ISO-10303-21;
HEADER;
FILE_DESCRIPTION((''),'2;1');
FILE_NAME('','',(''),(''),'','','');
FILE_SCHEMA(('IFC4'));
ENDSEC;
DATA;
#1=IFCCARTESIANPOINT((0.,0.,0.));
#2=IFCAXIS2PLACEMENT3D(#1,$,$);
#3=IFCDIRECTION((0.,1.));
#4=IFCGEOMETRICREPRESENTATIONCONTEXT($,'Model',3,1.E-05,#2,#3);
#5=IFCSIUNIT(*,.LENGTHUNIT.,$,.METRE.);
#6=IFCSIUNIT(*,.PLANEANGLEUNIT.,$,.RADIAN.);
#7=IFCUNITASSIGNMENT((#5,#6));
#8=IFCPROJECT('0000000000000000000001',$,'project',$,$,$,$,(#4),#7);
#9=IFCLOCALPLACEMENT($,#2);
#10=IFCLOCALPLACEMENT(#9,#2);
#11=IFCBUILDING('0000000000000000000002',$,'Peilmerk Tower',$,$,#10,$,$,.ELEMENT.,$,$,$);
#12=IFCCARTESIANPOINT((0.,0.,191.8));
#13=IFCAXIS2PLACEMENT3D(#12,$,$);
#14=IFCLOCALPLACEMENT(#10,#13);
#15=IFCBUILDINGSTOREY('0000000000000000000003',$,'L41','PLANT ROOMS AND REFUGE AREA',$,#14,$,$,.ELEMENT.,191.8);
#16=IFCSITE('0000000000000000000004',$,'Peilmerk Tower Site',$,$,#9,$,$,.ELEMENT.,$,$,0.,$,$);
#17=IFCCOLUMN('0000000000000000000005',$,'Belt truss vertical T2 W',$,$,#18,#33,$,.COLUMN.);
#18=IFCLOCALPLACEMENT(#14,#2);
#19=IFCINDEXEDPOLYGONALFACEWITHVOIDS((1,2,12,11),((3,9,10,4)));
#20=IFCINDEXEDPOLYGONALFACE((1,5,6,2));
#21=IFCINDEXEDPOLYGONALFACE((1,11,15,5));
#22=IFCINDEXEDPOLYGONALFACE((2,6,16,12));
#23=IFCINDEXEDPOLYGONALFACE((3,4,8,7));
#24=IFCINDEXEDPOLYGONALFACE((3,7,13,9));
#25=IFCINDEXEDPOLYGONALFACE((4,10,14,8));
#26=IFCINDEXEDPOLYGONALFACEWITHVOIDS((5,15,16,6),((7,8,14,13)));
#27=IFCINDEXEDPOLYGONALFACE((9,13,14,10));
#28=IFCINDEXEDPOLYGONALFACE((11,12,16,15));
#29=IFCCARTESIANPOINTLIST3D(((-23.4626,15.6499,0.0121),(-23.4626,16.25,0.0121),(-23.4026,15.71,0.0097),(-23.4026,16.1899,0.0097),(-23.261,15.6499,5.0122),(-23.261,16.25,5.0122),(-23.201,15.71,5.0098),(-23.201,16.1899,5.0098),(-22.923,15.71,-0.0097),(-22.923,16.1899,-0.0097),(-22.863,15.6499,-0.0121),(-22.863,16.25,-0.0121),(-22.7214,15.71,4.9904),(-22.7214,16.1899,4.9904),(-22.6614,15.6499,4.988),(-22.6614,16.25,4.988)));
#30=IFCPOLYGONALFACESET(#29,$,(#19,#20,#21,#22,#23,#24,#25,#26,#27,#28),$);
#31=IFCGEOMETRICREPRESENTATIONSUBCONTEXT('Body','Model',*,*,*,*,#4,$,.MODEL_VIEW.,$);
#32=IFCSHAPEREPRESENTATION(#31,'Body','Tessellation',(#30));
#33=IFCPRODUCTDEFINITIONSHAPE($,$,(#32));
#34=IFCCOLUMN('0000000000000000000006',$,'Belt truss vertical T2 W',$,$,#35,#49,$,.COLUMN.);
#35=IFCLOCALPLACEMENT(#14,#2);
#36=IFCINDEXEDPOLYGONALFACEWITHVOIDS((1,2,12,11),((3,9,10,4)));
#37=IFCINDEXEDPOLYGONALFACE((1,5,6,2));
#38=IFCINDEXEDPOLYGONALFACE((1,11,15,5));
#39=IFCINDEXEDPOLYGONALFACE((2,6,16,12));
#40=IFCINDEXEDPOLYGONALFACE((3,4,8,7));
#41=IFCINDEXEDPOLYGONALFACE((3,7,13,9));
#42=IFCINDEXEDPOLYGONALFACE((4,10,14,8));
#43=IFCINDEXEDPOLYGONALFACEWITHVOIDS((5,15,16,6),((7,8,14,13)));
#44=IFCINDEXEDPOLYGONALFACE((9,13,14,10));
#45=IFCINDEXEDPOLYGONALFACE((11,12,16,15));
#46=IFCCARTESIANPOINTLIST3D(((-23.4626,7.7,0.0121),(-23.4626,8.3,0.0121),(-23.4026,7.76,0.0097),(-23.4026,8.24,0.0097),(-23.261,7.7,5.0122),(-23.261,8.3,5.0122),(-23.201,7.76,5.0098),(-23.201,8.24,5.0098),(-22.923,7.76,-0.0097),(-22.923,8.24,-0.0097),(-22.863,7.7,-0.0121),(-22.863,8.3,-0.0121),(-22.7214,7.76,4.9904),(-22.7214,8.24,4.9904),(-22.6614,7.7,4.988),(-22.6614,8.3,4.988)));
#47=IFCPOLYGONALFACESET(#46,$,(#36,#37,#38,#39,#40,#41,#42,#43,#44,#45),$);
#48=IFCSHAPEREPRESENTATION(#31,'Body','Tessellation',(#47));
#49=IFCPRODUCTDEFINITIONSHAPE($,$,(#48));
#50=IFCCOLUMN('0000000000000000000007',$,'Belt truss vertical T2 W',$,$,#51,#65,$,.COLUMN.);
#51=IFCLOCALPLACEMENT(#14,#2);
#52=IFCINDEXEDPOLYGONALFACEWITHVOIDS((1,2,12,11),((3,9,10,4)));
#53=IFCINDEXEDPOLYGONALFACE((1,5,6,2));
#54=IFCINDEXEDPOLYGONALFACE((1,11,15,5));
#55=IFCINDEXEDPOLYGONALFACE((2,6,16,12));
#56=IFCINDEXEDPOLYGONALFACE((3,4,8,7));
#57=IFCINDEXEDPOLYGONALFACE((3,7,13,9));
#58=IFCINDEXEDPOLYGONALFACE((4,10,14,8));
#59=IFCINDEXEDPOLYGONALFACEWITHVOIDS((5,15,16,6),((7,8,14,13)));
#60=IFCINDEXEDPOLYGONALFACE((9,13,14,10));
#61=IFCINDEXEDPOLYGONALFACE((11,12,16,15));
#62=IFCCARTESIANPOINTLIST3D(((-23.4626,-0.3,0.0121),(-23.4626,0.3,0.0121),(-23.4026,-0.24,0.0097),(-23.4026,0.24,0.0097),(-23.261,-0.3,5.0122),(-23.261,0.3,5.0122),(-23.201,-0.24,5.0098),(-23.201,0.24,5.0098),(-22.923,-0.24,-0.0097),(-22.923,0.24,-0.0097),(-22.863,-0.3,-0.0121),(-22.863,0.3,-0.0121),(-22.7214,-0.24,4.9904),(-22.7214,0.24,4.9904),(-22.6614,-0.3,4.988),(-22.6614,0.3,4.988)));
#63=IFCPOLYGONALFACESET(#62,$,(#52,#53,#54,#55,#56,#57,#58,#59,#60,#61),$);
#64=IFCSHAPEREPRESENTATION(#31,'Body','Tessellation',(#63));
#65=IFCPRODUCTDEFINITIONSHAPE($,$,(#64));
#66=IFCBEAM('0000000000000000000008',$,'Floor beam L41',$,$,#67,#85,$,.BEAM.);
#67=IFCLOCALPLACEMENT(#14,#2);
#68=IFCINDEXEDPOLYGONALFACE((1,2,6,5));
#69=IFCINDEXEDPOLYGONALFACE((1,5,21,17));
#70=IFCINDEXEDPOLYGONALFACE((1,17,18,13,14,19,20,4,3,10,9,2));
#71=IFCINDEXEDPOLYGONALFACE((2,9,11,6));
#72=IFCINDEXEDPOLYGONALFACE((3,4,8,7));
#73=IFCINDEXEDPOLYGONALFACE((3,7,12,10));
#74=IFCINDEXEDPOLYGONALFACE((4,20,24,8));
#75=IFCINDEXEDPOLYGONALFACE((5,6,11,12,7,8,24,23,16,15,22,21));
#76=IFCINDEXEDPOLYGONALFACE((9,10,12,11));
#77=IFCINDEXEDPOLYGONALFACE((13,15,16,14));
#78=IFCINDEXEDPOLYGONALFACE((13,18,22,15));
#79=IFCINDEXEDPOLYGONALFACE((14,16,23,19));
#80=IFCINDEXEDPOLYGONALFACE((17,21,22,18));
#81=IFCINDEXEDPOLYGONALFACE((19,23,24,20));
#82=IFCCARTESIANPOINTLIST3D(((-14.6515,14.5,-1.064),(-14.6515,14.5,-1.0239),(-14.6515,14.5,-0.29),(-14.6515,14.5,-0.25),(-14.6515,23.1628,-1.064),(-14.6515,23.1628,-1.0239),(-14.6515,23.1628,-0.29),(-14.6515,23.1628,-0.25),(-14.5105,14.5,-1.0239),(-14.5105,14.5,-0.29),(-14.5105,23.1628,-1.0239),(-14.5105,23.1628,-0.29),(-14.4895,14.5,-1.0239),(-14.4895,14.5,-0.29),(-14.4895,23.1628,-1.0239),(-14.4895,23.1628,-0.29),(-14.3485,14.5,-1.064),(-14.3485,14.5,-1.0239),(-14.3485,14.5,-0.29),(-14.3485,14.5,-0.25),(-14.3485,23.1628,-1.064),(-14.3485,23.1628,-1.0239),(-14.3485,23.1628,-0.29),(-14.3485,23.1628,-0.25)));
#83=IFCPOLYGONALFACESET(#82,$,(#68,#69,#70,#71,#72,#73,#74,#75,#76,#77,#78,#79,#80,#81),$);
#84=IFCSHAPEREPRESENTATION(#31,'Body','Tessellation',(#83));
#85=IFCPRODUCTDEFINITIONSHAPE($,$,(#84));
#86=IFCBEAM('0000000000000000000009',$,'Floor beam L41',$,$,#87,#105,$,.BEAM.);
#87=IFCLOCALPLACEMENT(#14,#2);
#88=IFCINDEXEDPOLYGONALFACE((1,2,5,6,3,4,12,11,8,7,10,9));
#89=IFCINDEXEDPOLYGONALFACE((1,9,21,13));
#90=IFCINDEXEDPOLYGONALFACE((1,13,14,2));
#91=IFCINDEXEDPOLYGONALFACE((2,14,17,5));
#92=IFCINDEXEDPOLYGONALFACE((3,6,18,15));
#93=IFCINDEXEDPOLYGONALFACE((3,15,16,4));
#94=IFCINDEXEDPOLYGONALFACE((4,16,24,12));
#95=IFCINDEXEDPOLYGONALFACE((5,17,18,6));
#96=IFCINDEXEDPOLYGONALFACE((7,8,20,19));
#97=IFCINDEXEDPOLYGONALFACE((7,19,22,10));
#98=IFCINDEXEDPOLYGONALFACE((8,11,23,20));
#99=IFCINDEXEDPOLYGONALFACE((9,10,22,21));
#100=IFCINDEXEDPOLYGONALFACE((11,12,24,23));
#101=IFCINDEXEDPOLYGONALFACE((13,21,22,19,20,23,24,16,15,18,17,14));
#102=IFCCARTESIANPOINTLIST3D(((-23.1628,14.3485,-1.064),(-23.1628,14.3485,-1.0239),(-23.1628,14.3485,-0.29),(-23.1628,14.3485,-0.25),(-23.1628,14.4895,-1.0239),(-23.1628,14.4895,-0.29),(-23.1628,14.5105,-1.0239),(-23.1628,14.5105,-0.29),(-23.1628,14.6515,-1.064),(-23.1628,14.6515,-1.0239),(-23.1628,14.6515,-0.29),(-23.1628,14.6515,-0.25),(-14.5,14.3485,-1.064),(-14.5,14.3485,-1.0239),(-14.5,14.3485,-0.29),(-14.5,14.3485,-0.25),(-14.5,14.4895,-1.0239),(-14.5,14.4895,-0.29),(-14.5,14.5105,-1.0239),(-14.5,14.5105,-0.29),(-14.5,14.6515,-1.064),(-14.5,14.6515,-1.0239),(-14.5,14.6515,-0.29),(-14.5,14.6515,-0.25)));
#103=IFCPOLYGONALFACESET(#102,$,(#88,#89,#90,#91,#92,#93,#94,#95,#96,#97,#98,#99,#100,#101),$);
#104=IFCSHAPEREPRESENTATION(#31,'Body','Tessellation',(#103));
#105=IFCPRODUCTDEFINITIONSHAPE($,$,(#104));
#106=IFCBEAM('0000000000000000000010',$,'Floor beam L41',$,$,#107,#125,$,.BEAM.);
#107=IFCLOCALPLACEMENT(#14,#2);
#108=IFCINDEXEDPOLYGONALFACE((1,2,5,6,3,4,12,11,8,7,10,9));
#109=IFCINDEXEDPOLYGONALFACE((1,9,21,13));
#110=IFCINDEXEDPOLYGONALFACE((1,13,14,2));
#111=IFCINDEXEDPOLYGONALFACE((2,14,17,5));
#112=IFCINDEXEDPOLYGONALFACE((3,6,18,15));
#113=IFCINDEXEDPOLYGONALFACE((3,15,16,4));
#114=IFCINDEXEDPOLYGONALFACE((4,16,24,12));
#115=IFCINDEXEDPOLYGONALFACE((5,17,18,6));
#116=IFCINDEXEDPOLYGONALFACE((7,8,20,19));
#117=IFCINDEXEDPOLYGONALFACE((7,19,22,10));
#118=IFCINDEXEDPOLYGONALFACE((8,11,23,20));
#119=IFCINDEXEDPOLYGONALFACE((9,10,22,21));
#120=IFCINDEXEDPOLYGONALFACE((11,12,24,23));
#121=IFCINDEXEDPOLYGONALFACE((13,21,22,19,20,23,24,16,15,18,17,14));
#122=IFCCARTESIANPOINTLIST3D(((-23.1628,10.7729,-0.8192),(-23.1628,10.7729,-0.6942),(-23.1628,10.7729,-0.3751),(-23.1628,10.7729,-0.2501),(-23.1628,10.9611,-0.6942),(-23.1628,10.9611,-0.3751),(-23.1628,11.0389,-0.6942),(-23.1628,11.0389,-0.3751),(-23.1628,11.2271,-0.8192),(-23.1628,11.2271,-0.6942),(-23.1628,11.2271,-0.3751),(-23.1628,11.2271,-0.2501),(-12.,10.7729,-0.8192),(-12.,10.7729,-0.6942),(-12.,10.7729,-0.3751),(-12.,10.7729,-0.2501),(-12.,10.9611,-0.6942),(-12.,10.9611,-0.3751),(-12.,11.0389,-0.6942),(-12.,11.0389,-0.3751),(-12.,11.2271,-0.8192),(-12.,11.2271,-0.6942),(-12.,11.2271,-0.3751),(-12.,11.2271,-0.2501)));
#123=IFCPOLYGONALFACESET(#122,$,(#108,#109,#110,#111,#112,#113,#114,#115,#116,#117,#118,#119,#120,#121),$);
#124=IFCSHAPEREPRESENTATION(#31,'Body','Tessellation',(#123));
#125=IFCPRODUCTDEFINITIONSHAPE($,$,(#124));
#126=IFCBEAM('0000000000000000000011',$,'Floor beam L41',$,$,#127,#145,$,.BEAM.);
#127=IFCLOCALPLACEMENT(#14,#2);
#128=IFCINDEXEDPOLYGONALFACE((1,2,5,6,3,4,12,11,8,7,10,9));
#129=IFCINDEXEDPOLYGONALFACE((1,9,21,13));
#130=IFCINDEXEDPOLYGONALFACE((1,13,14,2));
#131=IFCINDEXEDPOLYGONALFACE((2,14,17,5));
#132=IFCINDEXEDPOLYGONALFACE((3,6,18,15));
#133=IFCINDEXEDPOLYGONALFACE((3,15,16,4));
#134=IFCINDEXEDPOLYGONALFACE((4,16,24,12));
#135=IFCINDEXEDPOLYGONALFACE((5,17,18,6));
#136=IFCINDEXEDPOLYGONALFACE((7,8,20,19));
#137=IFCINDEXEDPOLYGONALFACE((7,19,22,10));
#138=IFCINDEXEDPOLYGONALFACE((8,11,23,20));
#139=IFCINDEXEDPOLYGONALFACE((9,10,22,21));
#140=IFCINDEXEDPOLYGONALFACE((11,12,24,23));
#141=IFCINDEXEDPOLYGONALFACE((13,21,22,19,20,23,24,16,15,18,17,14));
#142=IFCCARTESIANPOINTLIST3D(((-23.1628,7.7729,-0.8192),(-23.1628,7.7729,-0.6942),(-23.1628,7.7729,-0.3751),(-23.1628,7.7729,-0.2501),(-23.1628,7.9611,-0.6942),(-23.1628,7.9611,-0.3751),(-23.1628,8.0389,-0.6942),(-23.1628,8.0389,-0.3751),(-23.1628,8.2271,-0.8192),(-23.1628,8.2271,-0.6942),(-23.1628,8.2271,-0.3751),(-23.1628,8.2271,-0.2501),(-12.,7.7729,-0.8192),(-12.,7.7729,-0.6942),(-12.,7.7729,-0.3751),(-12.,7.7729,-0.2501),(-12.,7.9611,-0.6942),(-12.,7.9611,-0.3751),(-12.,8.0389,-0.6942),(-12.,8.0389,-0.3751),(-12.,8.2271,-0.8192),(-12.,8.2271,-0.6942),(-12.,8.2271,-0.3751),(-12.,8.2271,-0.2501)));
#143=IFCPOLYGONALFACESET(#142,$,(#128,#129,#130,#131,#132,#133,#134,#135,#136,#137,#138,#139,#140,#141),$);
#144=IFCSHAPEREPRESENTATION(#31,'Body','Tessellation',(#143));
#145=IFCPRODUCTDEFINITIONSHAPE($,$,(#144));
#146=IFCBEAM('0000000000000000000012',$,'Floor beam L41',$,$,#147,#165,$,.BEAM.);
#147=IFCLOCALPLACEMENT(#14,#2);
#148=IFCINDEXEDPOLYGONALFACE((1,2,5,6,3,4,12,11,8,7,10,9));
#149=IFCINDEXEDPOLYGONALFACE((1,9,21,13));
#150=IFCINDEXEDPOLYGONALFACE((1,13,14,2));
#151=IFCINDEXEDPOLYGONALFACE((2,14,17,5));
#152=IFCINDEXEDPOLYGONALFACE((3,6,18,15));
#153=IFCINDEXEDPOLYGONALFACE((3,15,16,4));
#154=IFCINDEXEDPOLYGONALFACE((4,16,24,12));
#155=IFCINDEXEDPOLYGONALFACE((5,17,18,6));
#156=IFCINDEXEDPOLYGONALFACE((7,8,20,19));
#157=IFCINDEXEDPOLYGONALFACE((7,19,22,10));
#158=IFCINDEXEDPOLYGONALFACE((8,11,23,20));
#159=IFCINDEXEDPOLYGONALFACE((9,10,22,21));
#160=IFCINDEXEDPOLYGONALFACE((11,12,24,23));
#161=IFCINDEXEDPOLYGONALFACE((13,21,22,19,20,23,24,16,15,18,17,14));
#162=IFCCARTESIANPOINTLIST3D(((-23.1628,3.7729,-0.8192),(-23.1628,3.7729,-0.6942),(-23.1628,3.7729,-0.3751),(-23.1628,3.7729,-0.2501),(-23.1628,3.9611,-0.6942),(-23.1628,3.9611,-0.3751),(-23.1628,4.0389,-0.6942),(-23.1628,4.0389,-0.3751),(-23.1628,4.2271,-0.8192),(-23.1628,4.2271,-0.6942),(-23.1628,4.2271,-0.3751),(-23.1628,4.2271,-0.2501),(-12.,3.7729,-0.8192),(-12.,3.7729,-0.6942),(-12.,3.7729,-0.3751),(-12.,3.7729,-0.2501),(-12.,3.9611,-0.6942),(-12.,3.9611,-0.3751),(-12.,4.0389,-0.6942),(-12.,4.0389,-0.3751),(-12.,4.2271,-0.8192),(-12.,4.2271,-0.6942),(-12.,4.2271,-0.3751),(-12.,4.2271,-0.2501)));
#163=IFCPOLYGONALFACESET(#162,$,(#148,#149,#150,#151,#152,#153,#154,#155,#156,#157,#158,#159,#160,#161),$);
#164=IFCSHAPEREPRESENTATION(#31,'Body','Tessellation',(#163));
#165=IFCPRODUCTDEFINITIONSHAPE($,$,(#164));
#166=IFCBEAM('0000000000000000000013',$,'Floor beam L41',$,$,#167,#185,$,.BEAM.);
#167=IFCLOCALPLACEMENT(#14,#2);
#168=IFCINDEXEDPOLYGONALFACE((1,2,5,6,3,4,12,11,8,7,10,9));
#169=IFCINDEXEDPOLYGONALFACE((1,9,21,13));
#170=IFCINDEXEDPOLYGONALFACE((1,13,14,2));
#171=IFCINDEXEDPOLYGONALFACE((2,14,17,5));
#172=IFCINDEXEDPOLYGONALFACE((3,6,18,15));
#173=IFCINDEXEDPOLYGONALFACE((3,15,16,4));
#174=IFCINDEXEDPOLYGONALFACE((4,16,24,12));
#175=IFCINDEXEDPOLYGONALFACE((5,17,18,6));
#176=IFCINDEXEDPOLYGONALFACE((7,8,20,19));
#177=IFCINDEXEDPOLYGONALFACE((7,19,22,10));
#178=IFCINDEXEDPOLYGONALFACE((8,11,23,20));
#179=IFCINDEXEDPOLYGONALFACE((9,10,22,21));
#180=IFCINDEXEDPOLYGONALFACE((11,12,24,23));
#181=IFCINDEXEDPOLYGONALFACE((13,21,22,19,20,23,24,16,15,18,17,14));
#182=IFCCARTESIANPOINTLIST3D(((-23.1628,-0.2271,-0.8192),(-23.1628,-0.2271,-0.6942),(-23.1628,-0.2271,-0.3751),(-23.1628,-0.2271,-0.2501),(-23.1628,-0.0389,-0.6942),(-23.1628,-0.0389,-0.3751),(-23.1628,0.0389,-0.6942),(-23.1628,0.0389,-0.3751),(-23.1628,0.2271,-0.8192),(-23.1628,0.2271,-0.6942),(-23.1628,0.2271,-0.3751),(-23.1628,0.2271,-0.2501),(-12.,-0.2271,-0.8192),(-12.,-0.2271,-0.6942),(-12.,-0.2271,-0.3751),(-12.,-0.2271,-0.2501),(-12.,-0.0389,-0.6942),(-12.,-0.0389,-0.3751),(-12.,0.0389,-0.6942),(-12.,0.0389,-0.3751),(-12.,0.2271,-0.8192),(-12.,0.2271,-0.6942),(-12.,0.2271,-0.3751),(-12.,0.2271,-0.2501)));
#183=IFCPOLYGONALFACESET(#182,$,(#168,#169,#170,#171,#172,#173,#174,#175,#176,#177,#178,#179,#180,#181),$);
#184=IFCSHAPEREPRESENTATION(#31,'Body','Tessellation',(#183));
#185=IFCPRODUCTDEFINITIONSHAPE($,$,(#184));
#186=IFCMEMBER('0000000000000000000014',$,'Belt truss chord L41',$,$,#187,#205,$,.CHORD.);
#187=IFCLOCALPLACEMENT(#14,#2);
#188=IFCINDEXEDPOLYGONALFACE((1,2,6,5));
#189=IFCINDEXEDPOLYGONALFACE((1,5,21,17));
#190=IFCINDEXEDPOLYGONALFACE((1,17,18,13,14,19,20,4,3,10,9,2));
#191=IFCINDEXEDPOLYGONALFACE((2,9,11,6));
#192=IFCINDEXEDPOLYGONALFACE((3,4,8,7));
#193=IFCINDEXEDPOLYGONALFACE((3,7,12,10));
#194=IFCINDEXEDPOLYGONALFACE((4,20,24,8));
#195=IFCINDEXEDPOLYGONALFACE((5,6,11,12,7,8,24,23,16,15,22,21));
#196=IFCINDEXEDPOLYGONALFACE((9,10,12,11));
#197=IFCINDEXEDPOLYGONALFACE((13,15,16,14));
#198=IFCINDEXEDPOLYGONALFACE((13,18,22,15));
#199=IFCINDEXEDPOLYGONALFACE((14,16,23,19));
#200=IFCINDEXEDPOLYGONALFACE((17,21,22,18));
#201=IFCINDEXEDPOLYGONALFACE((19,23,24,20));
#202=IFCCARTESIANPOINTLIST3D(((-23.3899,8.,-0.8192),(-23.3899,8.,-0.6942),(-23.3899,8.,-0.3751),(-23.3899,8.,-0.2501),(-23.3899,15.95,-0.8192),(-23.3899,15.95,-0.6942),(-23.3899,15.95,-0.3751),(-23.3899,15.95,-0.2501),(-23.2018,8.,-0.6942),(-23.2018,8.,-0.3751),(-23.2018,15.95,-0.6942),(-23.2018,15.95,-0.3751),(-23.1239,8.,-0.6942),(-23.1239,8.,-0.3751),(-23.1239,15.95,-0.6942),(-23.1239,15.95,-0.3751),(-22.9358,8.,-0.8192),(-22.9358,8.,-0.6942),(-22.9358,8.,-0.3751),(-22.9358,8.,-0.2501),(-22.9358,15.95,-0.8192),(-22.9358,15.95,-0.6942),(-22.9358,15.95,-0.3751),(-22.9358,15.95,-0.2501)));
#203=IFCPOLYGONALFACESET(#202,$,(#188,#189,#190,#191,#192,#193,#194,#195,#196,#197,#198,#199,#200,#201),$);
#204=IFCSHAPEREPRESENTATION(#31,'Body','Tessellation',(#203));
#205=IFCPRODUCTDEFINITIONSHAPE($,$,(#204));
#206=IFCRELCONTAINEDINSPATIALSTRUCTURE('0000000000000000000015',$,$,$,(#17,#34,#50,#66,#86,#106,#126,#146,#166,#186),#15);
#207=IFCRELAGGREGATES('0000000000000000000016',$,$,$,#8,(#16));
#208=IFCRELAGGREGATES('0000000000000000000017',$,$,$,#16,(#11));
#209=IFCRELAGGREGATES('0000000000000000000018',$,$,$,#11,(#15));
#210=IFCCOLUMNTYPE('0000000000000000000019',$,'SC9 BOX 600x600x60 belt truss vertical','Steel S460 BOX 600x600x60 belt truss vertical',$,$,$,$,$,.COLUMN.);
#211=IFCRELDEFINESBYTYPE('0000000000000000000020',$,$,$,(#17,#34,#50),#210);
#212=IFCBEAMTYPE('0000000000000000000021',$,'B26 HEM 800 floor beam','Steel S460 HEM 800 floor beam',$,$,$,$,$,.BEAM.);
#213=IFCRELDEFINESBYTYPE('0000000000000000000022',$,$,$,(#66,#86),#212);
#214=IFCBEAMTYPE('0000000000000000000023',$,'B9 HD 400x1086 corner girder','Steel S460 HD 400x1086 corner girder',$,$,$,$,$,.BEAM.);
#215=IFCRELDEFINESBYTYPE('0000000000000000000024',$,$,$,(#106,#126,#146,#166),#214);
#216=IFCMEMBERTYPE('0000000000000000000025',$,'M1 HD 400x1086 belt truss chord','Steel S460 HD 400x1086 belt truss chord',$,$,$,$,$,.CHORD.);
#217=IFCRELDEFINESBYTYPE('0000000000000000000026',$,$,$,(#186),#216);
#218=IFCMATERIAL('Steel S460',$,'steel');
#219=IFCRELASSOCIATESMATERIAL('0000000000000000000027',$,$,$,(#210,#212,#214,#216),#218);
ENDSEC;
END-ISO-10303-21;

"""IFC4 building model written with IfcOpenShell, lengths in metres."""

from ifc_helpers import new_model, si_unit, direction, frame, origin, origin_2d, place, context, subcontext, project, spatial, hollow_rectangle, i_section, extrude, material, material_profile, profile_set, type_object, element, save


model = new_model("IFC4")

# Units and contexts
model_context = context("Model", 3, precision=1e-05, world=origin(), true_north=direction((0.0, 1.0)))
body_context = subcontext(model_context, "Body", "Model", "MODEL_VIEW")
ifc_project = project(units=[si_unit("LENGTHUNIT", "METRE"), si_unit("PLANEANGLEUNIT", "RADIAN")], contexts=[model_context])

# Site, building, storey
site_placement = place(None, origin())
site = spatial("IfcSite", under=ifc_project, at=site_placement, Name="Peilmerk Tower Site", CompositionType="ELEMENT", RefElevation=0.0)
building_placement = place(site_placement, origin())
building = spatial("IfcBuilding", under=site, at=building_placement, Name="Peilmerk Tower", CompositionType="ELEMENT")
storey_placement = place(building_placement, frame((0.0, 0.0, 191.8)))
storey = spatial("IfcBuildingStorey", under=building, at=storey_placement, Name="L41", Description="PLANT ROOMS AND REFUGE AREA", CompositionType="ELEMENT", Elevation=191.8)

# Columns
ifc_material_1 = material(Name="Steel S460", Category="steel")
ifc_material_profile_1 = material_profile(ifc_material_1, hollow_rectangle(XDim=0.6001, YDim=0.6001, WallThickness=0.0601, at=origin_2d()), Name="BOX 600x600x60")
ifc_profile_set_1 = profile_set([ifc_material_profile_1], Name="Steel S460")
column_type = type_object("IfcColumnType", Name="SC9 BOX 600x600x60 belt truss vertical", Description="Steel S460 BOX 600x600x60 belt truss vertical", PredefinedType="COLUMN", material=ifc_profile_set_1)
for number, where, z_axis, x_axis, name in (
    (1, (-23.1628, 15.95, 0.0), (0.040299, 0.0, 0.999188), (0.0, 1.0, 0.0), "Belt truss vertical T2 W"),
    (2, (-23.1628, 8.0, 0.0), (0.040299, 0.0, 0.999188), (0.0, 1.0, 0.0), "Belt truss vertical T2 W"),
    (3, (-23.1628, 0.0, 0.0), (0.040299, 0.0, 0.999188), (0.0, 1.0, 0.0), "Belt truss vertical T2 W"),
):
    element("IfcColumn", number, at=place(storey_placement, frame(where, z_axis=z_axis, x_axis=x_axis)), inside=storey, type_object=column_type, Name=name, PredefinedType="COLUMN", context=body_context, shape_type="SweptSolid", body=[
        extrude(hollow_rectangle(XDim=0.6001, YDim=0.6001, WallThickness=0.0601, at=origin_2d()), origin(), (0.0, 0.0, 1.0), 5.0042),
    ])

# Beams
ifc_material_profile_2 = material_profile(ifc_material_1, i_section(OverallWidth=0.303, OverallDepth=0.814, WebThickness=0.021, FlangeThickness=0.04, at=origin_2d()), Name="HEM 800")
ifc_profile_set_2 = profile_set([ifc_material_profile_2], Name="Steel S460")
beam_type_1 = type_object("IfcBeamType", Name="B26 HEM 800 floor beam", Description="Steel S460 HEM 800 floor beam", PredefinedType="BEAM", material=ifc_profile_set_2)
for number, where, z_axis, x_axis, name in (
    (4, (-14.5, 14.5, -0.657), (0.0, 1.0, 0.0), (-1.0, 0.0, 0.0), "Floor beam L41"),
    (5, (-14.5, 14.5, -0.657), (-1.0, 0.0, 0.0), (0.0, -1.0, 0.0), "Floor beam L41"),
):
    element("IfcBeam", number, at=place(storey_placement, frame(where, z_axis=z_axis, x_axis=x_axis)), inside=storey, type_object=beam_type_1, Name=name, PredefinedType="BEAM", context=body_context, shape_type="SweptSolid", body=[
        extrude(i_section(OverallWidth=0.303, OverallDepth=0.814, WebThickness=0.021, FlangeThickness=0.04, at=origin_2d()), origin(), (0.0, 0.0, 1.0), 8.6628),
    ])
ifc_material_profile_3 = material_profile(ifc_material_1, i_section(OverallWidth=0.4541, OverallDepth=0.5691, WebThickness=0.0779, FlangeThickness=0.125, at=origin_2d()), Name="HD 400x1086")
ifc_profile_set_3 = profile_set([ifc_material_profile_3], Name="Steel S460")
beam_type_2 = type_object("IfcBeamType", Name="B9 HD 400x1086 corner girder", Description="Steel S460 HD 400x1086 corner girder", PredefinedType="BEAM", material=ifc_profile_set_3)
for number, where, z_axis, x_axis, name in (
    (6, (-12.0, 11.0, -0.5347), (-1.0, 0.0, 0.0), (0.0, -1.0, 0.0), "Floor beam L41"),
    (7, (-12.0, 8.0, -0.5347), (-1.0, 0.0, 0.0), (0.0, -1.0, 0.0), "Floor beam L41"),
    (8, (-12.0, 4.0, -0.5347), (-1.0, 0.0, 0.0), (0.0, -1.0, 0.0), "Floor beam L41"),
    (9, (-12.0, 0.0, -0.5347), (-1.0, 0.0, 0.0), (0.0, -1.0, 0.0), "Floor beam L41"),
):
    element("IfcBeam", number, at=place(storey_placement, frame(where, z_axis=z_axis, x_axis=x_axis)), inside=storey, type_object=beam_type_2, Name=name, PredefinedType="BEAM", context=body_context, shape_type="SweptSolid", body=[
        extrude(i_section(OverallWidth=0.4541, OverallDepth=0.5691, WebThickness=0.0779, FlangeThickness=0.125, at=origin_2d()), origin(), (0.0, 0.0, 1.0), 11.1628),
    ])

# Member
ifc_material_profile_4 = material_profile(ifc_material_1, i_section(OverallWidth=0.4541, OverallDepth=0.5691, WebThickness=0.0779, FlangeThickness=0.125, at=origin_2d()), Name="HD 400x1086")
ifc_profile_set_4 = profile_set([ifc_material_profile_4], Name="Steel S460")
member_type_1 = type_object("IfcMemberType", Name="M1 HD 400x1086 belt truss chord", Description="Steel S460 HD 400x1086 belt truss chord", PredefinedType="CHORD", material=ifc_profile_set_4)
member_1_placement = place(storey_placement, frame((-23.1628, 15.95, -0.5347), z_axis=(0.0, -1.0, 0.0), x_axis=(1.0, 0.0, 0.0)))
element("IfcMember", 10, at=member_1_placement, inside=storey, type_object=member_type_1, Name="Belt truss chord L41", PredefinedType="CHORD", context=body_context, shape_type="SweptSolid", body=[
    extrude(i_section(OverallWidth=0.4541, OverallDepth=0.5691, WebThickness=0.0779, FlangeThickness=0.125, at=origin_2d()), origin(), (0.0, 0.0, 1.0), 7.95),
])

save(model, "model.ifc")
